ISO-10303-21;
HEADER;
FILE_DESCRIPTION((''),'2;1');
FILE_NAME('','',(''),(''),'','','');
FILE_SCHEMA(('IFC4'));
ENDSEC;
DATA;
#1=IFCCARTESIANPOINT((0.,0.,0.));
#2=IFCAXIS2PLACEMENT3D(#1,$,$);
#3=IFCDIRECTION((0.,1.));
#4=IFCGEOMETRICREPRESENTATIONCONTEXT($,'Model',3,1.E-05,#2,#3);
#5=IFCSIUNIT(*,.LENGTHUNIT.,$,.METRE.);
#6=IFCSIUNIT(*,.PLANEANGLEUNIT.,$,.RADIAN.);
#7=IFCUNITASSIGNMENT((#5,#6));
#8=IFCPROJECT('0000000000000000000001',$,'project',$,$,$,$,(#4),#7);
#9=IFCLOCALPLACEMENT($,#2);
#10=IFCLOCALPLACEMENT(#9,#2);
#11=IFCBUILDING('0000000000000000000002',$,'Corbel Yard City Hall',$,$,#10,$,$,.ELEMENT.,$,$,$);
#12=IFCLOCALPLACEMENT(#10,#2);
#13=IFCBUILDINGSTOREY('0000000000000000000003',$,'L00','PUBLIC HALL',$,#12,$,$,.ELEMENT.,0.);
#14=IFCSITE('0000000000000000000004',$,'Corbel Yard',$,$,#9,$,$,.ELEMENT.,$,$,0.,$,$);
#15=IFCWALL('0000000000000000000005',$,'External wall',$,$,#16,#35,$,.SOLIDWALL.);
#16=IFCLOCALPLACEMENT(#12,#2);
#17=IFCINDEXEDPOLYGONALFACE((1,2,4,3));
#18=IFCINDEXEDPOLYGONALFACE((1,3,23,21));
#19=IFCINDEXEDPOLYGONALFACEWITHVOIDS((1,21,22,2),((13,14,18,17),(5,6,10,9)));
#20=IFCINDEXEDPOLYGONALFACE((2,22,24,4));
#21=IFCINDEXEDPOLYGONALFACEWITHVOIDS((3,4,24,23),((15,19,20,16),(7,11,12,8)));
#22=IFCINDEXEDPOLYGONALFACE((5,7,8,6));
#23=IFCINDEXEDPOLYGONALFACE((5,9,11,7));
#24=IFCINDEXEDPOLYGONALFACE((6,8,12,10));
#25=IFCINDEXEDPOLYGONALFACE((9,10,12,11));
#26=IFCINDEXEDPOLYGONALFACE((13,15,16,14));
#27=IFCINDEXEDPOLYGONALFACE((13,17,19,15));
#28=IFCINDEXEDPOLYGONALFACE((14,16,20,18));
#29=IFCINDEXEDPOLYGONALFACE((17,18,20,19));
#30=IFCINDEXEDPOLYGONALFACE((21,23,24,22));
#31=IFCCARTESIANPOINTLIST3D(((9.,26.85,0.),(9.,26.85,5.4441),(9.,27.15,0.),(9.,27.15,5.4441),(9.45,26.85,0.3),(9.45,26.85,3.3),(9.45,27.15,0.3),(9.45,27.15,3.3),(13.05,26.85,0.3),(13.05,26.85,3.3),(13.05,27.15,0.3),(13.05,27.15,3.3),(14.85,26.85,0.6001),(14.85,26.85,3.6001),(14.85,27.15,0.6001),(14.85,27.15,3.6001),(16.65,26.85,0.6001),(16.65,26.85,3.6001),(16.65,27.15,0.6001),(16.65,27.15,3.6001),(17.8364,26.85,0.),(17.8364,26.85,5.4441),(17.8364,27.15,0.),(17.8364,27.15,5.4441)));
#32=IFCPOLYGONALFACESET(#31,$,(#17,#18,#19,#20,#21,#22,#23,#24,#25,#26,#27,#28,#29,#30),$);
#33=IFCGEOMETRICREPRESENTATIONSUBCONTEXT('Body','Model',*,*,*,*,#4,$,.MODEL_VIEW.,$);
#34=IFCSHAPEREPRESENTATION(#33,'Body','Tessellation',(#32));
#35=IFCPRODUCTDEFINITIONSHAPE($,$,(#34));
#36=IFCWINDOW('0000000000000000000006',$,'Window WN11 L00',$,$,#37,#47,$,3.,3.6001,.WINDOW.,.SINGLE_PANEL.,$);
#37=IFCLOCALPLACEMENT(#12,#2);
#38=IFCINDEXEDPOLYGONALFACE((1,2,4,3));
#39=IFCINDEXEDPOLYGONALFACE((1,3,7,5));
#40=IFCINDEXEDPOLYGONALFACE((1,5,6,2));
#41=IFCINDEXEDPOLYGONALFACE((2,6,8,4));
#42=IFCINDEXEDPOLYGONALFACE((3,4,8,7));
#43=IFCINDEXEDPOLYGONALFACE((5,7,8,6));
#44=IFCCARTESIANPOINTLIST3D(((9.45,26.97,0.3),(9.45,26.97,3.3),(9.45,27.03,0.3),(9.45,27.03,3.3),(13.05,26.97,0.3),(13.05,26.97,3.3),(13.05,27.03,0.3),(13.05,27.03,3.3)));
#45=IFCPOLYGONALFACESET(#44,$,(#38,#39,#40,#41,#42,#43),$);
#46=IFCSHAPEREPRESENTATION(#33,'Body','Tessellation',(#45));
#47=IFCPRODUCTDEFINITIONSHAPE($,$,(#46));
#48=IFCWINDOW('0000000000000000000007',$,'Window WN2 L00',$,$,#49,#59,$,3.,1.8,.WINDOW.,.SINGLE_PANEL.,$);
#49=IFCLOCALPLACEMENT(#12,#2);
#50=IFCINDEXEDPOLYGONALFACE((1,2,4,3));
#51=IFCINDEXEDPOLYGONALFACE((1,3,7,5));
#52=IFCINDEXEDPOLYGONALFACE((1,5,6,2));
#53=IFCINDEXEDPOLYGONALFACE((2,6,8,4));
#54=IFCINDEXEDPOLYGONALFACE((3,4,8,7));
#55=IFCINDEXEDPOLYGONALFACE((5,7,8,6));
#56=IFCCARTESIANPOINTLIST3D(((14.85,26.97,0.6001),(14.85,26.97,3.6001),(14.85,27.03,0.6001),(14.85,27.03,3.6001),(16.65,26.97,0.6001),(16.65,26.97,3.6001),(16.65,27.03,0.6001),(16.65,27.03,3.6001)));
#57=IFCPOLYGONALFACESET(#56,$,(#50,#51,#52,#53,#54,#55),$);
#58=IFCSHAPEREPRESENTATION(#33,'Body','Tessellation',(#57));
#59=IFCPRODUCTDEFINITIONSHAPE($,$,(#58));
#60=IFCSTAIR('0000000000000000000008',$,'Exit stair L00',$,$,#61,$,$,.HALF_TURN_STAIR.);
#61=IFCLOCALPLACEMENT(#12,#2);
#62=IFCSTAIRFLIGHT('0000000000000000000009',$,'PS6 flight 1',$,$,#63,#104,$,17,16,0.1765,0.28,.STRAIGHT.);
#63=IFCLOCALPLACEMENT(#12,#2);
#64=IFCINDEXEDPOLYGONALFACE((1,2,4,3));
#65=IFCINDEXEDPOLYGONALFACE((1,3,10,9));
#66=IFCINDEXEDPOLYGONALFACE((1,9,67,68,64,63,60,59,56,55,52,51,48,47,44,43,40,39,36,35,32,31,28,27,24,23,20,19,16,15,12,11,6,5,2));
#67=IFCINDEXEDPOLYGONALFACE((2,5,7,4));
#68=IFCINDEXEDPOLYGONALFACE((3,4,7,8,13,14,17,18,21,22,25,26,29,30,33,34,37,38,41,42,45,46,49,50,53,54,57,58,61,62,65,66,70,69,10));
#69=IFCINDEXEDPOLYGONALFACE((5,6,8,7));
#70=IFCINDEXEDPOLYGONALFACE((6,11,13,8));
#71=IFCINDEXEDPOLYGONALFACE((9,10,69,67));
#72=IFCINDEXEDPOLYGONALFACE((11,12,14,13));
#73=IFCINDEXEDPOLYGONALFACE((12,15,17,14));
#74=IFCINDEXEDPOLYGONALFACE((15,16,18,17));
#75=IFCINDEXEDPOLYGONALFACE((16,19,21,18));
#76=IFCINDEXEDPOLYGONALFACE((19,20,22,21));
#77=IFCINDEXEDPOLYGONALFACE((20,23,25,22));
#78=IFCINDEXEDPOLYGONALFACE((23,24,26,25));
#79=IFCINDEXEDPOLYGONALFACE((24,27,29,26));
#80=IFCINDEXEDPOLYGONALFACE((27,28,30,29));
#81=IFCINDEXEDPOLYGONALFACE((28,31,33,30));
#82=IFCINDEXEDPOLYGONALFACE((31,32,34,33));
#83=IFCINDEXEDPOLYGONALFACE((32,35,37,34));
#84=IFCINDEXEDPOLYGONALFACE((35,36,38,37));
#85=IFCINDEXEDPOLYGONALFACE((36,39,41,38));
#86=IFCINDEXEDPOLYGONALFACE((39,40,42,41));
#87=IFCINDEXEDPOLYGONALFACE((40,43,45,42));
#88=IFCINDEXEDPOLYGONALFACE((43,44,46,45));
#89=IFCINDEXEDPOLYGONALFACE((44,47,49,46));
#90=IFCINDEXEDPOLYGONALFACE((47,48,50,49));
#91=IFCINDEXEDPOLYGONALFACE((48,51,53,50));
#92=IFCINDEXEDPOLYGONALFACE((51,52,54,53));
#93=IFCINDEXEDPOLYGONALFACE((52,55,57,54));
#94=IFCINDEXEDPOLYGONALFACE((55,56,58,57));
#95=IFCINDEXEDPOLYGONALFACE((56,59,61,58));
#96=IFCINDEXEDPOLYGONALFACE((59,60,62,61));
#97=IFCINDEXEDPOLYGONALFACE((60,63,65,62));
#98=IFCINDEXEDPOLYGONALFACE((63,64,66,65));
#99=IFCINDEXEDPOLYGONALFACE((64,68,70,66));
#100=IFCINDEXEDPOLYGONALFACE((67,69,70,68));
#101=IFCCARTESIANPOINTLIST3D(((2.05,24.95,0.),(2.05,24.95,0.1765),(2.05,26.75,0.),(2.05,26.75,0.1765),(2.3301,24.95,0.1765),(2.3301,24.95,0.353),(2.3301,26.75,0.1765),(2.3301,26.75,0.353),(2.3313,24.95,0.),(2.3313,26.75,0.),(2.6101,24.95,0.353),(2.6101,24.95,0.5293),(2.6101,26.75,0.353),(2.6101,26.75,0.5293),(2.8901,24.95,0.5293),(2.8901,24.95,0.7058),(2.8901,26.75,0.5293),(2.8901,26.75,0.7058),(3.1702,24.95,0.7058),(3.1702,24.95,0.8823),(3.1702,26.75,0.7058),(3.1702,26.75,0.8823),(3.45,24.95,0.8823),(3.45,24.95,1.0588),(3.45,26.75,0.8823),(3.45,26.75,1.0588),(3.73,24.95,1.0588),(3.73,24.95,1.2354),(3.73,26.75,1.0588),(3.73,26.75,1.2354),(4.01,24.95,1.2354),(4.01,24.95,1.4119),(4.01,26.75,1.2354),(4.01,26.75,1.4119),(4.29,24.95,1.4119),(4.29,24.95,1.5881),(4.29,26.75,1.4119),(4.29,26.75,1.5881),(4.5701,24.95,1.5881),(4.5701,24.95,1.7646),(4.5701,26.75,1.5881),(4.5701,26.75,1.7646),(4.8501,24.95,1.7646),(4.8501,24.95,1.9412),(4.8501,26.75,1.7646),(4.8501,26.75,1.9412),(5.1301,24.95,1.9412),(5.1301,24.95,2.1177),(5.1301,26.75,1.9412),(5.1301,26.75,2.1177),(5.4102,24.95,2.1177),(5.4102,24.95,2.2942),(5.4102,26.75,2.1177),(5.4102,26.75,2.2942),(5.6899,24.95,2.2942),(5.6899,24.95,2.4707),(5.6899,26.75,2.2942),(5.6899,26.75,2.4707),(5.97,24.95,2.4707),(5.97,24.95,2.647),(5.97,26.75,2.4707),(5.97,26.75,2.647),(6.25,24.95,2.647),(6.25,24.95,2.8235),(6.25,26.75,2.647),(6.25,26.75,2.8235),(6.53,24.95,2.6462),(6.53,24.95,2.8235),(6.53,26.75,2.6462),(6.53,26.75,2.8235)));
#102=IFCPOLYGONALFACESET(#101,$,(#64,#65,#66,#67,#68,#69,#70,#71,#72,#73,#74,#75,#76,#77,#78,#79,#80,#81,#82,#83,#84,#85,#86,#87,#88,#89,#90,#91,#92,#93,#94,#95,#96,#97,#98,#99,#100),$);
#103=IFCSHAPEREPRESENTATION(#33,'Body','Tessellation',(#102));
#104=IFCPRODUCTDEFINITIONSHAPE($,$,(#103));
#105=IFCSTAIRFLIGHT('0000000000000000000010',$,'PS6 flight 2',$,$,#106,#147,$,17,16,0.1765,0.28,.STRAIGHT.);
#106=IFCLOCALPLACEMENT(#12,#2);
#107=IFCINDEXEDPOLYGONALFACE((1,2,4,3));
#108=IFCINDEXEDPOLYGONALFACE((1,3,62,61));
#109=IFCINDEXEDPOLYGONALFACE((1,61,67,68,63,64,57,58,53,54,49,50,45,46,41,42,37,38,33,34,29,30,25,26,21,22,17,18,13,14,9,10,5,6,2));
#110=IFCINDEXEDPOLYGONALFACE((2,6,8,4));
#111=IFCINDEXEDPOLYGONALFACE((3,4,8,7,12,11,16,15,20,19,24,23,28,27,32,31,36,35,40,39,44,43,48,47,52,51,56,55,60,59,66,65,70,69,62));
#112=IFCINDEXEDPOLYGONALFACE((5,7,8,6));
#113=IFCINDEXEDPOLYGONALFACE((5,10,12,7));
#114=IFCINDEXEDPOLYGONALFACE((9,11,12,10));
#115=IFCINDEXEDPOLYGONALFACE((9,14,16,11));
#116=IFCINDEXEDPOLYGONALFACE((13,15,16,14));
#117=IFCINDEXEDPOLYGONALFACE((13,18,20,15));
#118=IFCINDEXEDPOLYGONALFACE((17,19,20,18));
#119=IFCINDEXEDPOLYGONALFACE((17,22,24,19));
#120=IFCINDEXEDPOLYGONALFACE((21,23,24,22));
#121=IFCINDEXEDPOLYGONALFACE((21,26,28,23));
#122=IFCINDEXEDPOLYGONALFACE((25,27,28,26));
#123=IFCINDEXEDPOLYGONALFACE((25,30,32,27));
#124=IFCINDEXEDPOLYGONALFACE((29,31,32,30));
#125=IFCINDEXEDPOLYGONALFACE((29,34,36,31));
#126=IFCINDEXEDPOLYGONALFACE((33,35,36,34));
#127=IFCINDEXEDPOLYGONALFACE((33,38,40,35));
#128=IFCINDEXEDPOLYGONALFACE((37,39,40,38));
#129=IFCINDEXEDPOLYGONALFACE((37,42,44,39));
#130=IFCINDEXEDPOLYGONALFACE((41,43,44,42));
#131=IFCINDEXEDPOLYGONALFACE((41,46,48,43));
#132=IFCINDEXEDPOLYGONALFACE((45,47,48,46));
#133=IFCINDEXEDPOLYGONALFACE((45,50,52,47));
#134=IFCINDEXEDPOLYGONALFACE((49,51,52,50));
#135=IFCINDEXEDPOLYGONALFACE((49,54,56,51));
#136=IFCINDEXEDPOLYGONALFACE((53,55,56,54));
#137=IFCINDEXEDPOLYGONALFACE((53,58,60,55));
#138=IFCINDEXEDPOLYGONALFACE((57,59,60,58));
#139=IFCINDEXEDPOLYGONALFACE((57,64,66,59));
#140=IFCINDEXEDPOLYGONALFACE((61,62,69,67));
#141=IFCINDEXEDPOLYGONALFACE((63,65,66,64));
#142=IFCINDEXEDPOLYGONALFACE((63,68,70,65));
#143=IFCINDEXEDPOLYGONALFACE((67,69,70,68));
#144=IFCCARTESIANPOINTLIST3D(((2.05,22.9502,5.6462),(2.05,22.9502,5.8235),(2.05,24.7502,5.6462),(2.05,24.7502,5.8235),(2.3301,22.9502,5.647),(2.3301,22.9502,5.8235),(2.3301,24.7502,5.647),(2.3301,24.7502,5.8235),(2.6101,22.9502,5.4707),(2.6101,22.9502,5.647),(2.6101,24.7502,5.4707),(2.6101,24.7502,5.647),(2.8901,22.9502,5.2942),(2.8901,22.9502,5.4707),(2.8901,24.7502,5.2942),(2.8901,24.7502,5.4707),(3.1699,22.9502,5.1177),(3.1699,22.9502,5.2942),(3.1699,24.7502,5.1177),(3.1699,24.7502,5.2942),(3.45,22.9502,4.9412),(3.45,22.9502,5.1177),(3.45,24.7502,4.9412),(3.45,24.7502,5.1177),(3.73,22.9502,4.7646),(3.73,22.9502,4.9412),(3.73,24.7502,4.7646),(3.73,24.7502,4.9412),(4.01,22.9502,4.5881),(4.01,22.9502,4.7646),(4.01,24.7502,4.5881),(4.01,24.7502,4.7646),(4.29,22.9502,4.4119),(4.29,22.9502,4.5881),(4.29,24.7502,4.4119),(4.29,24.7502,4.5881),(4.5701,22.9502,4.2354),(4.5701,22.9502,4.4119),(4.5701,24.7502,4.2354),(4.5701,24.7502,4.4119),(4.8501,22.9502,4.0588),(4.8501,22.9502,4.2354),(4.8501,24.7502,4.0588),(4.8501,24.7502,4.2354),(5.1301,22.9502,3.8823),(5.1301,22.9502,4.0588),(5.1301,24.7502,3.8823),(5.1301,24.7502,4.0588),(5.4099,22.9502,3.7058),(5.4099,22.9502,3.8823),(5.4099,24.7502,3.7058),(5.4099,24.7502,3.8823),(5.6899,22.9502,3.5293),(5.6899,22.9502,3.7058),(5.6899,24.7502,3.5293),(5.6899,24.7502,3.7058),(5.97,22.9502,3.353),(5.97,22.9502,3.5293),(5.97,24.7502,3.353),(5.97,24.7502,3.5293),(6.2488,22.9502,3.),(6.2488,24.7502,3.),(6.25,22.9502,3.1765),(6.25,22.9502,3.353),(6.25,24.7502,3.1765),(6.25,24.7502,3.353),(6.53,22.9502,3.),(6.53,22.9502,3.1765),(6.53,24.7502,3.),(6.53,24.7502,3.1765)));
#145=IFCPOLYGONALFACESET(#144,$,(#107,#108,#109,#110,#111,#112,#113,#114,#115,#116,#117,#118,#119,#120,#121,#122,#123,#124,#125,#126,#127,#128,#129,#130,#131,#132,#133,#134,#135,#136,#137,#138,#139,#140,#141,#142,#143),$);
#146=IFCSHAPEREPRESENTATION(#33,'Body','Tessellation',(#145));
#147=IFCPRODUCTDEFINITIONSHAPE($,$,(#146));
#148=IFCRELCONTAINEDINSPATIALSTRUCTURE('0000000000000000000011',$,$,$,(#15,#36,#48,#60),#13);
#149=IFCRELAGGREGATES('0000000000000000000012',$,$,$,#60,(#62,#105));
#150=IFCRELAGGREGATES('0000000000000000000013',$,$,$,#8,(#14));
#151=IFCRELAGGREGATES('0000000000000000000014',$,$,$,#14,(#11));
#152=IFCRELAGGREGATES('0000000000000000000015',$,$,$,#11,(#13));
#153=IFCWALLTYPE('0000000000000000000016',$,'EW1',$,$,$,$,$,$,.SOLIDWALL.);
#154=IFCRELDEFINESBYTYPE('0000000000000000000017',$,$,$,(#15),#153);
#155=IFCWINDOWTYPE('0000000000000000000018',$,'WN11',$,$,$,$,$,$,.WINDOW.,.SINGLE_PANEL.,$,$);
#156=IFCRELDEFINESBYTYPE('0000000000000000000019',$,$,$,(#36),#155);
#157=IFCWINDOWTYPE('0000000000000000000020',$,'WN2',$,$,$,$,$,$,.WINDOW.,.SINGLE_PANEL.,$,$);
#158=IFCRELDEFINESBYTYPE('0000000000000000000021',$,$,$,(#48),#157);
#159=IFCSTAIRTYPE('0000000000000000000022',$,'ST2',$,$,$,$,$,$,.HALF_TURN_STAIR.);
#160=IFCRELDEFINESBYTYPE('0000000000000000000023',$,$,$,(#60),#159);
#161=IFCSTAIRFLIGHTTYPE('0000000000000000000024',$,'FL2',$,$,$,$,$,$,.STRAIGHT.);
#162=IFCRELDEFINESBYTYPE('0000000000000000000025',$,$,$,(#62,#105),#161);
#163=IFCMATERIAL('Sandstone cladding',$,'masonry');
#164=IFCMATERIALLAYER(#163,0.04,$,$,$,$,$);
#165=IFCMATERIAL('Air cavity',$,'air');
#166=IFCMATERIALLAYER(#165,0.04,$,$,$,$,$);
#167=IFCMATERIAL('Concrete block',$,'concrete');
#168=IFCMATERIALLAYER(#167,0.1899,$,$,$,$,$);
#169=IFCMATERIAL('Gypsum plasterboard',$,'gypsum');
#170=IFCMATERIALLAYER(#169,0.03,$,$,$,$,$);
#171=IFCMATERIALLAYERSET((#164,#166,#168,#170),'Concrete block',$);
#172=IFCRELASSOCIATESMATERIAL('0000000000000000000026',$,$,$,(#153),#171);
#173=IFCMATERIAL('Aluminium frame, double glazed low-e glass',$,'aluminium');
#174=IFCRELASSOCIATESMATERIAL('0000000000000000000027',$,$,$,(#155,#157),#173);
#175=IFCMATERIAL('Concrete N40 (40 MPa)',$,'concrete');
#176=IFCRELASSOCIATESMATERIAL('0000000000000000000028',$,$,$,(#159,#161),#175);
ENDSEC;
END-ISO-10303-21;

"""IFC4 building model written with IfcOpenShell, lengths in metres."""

from ifc_helpers import new_model, si_unit, direction, frame, frame_2d, origin, place, context, subcontext, project, spatial, polyline, rectangle, outline, extrude, material, layer, layer_set, type_object, element, fill, aggregate, save


model = new_model("IFC4")

# Units and contexts
model_context = context("Model", 3, precision=1e-05, world=origin(), true_north=direction((0.0, 1.0)))
body_context = subcontext(model_context, "Body", "Model", "MODEL_VIEW")
ifc_project = project(units=[si_unit("LENGTHUNIT", "METRE"), si_unit("PLANEANGLEUNIT", "RADIAN")], contexts=[model_context])

# Site, building, storey
site_placement = place(None, origin())
site = spatial("IfcSite", under=ifc_project, at=site_placement, Name="Corbel Yard", CompositionType="ELEMENT", RefElevation=0.0)
building_placement = place(site_placement, origin())
building = spatial("IfcBuilding", under=site, at=building_placement, Name="Corbel Yard City Hall", CompositionType="ELEMENT")
storey_placement = place(building_placement, origin())
storey = spatial("IfcBuildingStorey", under=building, at=storey_placement, Name="L00", Description="PUBLIC HALL", CompositionType="ELEMENT", Elevation=0.0)

# Shared definitions
ifc_material_1 = material(Name="Concrete N40 (40 MPa)", Category="concrete")

# Wall, openings, windows
ifc_material_2 = material(Name="Sandstone cladding", Category="masonry")
ifc_layer_1 = layer(ifc_material_2, 0.04)
ifc_material_3 = material(Name="Air cavity", Category="air")
ifc_layer_2 = layer(ifc_material_3, 0.04)
ifc_material_4 = material(Name="Concrete block", Category="concrete")
ifc_layer_3 = layer(ifc_material_4, 0.1899)
ifc_material_5 = material(Name="Gypsum plasterboard", Category="gypsum")
ifc_layer_4 = layer(ifc_material_5, 0.03)
ifc_layer_set_1 = layer_set([ifc_layer_1, ifc_layer_2, ifc_layer_3, ifc_layer_4], Name="Concrete block")
wall_type_1 = type_object("IfcWallType", Name="EW1", PredefinedType="SOLIDWALL", material=ifc_layer_set_1)
wall_1_placement = place(storey_placement, frame((9.0, 27.0, 0.0), z_axis=(0.0, 0.0, 1.0), x_axis=(1.0, 0.0, 0.0)))
wall_1 = element("IfcWall", 1, at=wall_1_placement, inside=storey, type_object=wall_type_1, Name="External wall", PredefinedType="SOLIDWALL", context=body_context, shape_type="SweptSolid", body=[
    extrude(rectangle(XDim=8.8364, YDim=0.3, at=frame_2d((4.4182, 0.0))), origin(), (0.0, 0.0, 1.0), 5.4441),
])
opening_1_placement = place(wall_1_placement, frame((0.45, 0.0, 0.3)))
opening_1 = element("IfcOpeningElement", 2, at=opening_1_placement, cuts=wall_1, PredefinedType="OPENING", context=body_context, shape_type="SweptSolid", body=[
    extrude(rectangle(XDim=3.6001, YDim=3.0, at=frame_2d((1.8, 1.5))), frame((0.0, 0.1599, 0.0), z_axis=(0.0, -1.0, 0.0), x_axis=(1.0, 0.0, 0.0)), (0.0, 0.0, 1.0), 0.3201),
])
opening_2_placement = place(wall_1_placement, frame((5.8501, 0.0, 0.6001)))
opening_2 = element("IfcOpeningElement", 3, at=opening_2_placement, cuts=wall_1, PredefinedType="OPENING", context=body_context, shape_type="SweptSolid", body=[
    extrude(rectangle(XDim=1.8, YDim=3.0, at=frame_2d((0.8999, 1.5))), frame((0.0, 0.1599, 0.0), z_axis=(0.0, -1.0, 0.0), x_axis=(1.0, 0.0, 0.0)), (0.0, 0.0, 1.0), 0.3201),
])
ifc_material_6 = material(Name="Aluminium frame, double glazed low-e glass", Category="aluminium")
window_type_1 = type_object("IfcWindowType", Name="WN11", PartitioningType="SINGLE_PANEL", PredefinedType="WINDOW", material=ifc_material_6)
window_1_placement = place(opening_1_placement, origin())
window_1 = element("IfcWindow", 4, at=window_1_placement, inside=storey, type_object=window_type_1, Name="Window WN11 L00", OverallHeight=3.0, OverallWidth=3.6001, PartitioningType="SINGLE_PANEL", PredefinedType="WINDOW", context=body_context, shape_type="SweptSolid", body=[
    extrude(rectangle(XDim=3.6001, YDim=3.0, at=frame_2d((1.8, 1.5))), frame((0.0, 0.03, 0.0), z_axis=(0.0, -1.0, 0.0), x_axis=(1.0, 0.0, 0.0)), (0.0, 0.0, 1.0), 0.0601),
])
fill(opening_1, window_1)
window_type_2 = type_object("IfcWindowType", Name="WN2", PartitioningType="SINGLE_PANEL", PredefinedType="WINDOW", material=ifc_material_6)
window_2_placement = place(opening_2_placement, origin())
window_2 = element("IfcWindow", 5, at=window_2_placement, inside=storey, type_object=window_type_2, Name="Window WN2 L00", OverallHeight=3.0, OverallWidth=1.8, PartitioningType="SINGLE_PANEL", PredefinedType="WINDOW", context=body_context, shape_type="SweptSolid", body=[
    extrude(rectangle(XDim=1.8, YDim=3.0, at=frame_2d((0.8999, 1.5))), frame((0.0, 0.03, 0.0), z_axis=(0.0, -1.0, 0.0), x_axis=(1.0, 0.0, 0.0)), (0.0, 0.0, 1.0), 0.0601),
])
fill(opening_2, window_2)

# Stair, stair flights
stair_type = type_object("IfcStairType", Name="ST2", PredefinedType="HALF_TURN_STAIR", material=ifc_material_1)
stair_placement = place(storey_placement, origin())
stair = element("IfcStair", 6, at=stair_placement, inside=storey, type_object=stair_type, Name="Exit stair L00", PredefinedType="HALF_TURN_STAIR")
stair_flight_type = type_object("IfcStairFlightType", Name="FL2", PredefinedType="STRAIGHT", material=ifc_material_1)
stair_flight_1_placement = place(storey_placement, frame((2.05, 25.8501, 0.0), z_axis=(0.0, 0.0, 1.0), x_axis=(1.0, 0.0, 0.0)))
stair_flight_1 = element("IfcStairFlight", 7, at=stair_flight_1_placement, type_object=stair_flight_type, Name="PS6 flight 1", NumberOfRisers=17, NumberOfTreads=16, PredefinedType="STRAIGHT", RiserHeight=0.1765, TreadLength=0.28, context=body_context, shape_type="SweptSolid", body=[
    extrude(outline(polyline([(0.0, 0.0), (0.0, 0.1765), (0.28, 0.1765), (0.28, 0.353), (0.5601, 0.353), (0.5601, 0.5293), (0.8401, 0.5293), (0.8401, 0.7058), (1.1201, 0.7058), (1.1201, 0.8823), (1.3999, 0.8823), (1.3999, 1.0588), (1.6799, 1.0588), (1.6799, 1.2354), (1.96, 1.2354), (1.96, 1.4119), (2.24, 1.4119), (2.24, 1.5881), (2.52, 1.5881), (2.52, 1.7646), (2.8, 1.7646), (2.8, 1.9412), (3.0801, 1.9412), (3.0801, 2.1177), (3.3601, 2.1177), (3.3601, 2.2942), (3.6399, 2.2942), (3.6399, 2.4707), (3.9199, 2.4707), (3.9199, 2.647), (4.2, 2.647), (4.2, 2.8235), (4.48, 2.8235), (4.48, 3.0), (4.48, 2.6462), (0.2812, 0.0), (0.0, 0.0)])), frame((0.0, 0.8999, 0.0), z_axis=(0.0, -1.0, 0.0), x_axis=(1.0, 0.0, 0.0)), (0.0, 0.0, 1.0), 1.8),
])
stair_flight_2_placement = place(storey_placement, frame((6.53, 23.8501, 3.0), z_axis=(0.0, 0.0, 1.0), x_axis=(-1.0, 0.0, 0.0)))
stair_flight_2 = element("IfcStairFlight", 8, at=stair_flight_2_placement, type_object=stair_flight_type, Name="PS6 flight 2", NumberOfRisers=17, NumberOfTreads=16, PredefinedType="STRAIGHT", RiserHeight=0.1765, TreadLength=0.28, context=body_context, shape_type="SweptSolid", body=[
    extrude(outline(polyline([(0.0, 0.0), (0.0, 0.1765), (0.28, 0.1765), (0.28, 0.353), (0.5601, 0.353), (0.5601, 0.5293), (0.8401, 0.5293), (0.8401, 0.7058), (1.1201, 0.7058), (1.1201, 0.8823), (1.3999, 0.8823), (1.3999, 1.0588), (1.6799, 1.0588), (1.6799, 1.2354), (1.96, 1.2354), (1.96, 1.4119), (2.24, 1.4119), (2.24, 1.5881), (2.52, 1.5881), (2.52, 1.7646), (2.8, 1.7646), (2.8, 1.9412), (3.0801, 1.9412), (3.0801, 2.1177), (3.3601, 2.1177), (3.3601, 2.2942), (3.6399, 2.2942), (3.6399, 2.4707), (3.9199, 2.4707), (3.9199, 2.647), (4.2, 2.647), (4.2, 2.8235), (4.48, 2.8235), (4.48, 3.0), (4.48, 2.6462), (0.2812, 0.0), (0.0, 0.0)])), frame((0.0, 0.8999, 0.0), z_axis=(0.0, -1.0, 0.0), x_axis=(1.0, 0.0, 0.0)), (0.0, 0.0, 1.0), 1.8),
])
aggregate(stair, [stair_flight_1, stair_flight_2])

save(model, "model.ifc")
